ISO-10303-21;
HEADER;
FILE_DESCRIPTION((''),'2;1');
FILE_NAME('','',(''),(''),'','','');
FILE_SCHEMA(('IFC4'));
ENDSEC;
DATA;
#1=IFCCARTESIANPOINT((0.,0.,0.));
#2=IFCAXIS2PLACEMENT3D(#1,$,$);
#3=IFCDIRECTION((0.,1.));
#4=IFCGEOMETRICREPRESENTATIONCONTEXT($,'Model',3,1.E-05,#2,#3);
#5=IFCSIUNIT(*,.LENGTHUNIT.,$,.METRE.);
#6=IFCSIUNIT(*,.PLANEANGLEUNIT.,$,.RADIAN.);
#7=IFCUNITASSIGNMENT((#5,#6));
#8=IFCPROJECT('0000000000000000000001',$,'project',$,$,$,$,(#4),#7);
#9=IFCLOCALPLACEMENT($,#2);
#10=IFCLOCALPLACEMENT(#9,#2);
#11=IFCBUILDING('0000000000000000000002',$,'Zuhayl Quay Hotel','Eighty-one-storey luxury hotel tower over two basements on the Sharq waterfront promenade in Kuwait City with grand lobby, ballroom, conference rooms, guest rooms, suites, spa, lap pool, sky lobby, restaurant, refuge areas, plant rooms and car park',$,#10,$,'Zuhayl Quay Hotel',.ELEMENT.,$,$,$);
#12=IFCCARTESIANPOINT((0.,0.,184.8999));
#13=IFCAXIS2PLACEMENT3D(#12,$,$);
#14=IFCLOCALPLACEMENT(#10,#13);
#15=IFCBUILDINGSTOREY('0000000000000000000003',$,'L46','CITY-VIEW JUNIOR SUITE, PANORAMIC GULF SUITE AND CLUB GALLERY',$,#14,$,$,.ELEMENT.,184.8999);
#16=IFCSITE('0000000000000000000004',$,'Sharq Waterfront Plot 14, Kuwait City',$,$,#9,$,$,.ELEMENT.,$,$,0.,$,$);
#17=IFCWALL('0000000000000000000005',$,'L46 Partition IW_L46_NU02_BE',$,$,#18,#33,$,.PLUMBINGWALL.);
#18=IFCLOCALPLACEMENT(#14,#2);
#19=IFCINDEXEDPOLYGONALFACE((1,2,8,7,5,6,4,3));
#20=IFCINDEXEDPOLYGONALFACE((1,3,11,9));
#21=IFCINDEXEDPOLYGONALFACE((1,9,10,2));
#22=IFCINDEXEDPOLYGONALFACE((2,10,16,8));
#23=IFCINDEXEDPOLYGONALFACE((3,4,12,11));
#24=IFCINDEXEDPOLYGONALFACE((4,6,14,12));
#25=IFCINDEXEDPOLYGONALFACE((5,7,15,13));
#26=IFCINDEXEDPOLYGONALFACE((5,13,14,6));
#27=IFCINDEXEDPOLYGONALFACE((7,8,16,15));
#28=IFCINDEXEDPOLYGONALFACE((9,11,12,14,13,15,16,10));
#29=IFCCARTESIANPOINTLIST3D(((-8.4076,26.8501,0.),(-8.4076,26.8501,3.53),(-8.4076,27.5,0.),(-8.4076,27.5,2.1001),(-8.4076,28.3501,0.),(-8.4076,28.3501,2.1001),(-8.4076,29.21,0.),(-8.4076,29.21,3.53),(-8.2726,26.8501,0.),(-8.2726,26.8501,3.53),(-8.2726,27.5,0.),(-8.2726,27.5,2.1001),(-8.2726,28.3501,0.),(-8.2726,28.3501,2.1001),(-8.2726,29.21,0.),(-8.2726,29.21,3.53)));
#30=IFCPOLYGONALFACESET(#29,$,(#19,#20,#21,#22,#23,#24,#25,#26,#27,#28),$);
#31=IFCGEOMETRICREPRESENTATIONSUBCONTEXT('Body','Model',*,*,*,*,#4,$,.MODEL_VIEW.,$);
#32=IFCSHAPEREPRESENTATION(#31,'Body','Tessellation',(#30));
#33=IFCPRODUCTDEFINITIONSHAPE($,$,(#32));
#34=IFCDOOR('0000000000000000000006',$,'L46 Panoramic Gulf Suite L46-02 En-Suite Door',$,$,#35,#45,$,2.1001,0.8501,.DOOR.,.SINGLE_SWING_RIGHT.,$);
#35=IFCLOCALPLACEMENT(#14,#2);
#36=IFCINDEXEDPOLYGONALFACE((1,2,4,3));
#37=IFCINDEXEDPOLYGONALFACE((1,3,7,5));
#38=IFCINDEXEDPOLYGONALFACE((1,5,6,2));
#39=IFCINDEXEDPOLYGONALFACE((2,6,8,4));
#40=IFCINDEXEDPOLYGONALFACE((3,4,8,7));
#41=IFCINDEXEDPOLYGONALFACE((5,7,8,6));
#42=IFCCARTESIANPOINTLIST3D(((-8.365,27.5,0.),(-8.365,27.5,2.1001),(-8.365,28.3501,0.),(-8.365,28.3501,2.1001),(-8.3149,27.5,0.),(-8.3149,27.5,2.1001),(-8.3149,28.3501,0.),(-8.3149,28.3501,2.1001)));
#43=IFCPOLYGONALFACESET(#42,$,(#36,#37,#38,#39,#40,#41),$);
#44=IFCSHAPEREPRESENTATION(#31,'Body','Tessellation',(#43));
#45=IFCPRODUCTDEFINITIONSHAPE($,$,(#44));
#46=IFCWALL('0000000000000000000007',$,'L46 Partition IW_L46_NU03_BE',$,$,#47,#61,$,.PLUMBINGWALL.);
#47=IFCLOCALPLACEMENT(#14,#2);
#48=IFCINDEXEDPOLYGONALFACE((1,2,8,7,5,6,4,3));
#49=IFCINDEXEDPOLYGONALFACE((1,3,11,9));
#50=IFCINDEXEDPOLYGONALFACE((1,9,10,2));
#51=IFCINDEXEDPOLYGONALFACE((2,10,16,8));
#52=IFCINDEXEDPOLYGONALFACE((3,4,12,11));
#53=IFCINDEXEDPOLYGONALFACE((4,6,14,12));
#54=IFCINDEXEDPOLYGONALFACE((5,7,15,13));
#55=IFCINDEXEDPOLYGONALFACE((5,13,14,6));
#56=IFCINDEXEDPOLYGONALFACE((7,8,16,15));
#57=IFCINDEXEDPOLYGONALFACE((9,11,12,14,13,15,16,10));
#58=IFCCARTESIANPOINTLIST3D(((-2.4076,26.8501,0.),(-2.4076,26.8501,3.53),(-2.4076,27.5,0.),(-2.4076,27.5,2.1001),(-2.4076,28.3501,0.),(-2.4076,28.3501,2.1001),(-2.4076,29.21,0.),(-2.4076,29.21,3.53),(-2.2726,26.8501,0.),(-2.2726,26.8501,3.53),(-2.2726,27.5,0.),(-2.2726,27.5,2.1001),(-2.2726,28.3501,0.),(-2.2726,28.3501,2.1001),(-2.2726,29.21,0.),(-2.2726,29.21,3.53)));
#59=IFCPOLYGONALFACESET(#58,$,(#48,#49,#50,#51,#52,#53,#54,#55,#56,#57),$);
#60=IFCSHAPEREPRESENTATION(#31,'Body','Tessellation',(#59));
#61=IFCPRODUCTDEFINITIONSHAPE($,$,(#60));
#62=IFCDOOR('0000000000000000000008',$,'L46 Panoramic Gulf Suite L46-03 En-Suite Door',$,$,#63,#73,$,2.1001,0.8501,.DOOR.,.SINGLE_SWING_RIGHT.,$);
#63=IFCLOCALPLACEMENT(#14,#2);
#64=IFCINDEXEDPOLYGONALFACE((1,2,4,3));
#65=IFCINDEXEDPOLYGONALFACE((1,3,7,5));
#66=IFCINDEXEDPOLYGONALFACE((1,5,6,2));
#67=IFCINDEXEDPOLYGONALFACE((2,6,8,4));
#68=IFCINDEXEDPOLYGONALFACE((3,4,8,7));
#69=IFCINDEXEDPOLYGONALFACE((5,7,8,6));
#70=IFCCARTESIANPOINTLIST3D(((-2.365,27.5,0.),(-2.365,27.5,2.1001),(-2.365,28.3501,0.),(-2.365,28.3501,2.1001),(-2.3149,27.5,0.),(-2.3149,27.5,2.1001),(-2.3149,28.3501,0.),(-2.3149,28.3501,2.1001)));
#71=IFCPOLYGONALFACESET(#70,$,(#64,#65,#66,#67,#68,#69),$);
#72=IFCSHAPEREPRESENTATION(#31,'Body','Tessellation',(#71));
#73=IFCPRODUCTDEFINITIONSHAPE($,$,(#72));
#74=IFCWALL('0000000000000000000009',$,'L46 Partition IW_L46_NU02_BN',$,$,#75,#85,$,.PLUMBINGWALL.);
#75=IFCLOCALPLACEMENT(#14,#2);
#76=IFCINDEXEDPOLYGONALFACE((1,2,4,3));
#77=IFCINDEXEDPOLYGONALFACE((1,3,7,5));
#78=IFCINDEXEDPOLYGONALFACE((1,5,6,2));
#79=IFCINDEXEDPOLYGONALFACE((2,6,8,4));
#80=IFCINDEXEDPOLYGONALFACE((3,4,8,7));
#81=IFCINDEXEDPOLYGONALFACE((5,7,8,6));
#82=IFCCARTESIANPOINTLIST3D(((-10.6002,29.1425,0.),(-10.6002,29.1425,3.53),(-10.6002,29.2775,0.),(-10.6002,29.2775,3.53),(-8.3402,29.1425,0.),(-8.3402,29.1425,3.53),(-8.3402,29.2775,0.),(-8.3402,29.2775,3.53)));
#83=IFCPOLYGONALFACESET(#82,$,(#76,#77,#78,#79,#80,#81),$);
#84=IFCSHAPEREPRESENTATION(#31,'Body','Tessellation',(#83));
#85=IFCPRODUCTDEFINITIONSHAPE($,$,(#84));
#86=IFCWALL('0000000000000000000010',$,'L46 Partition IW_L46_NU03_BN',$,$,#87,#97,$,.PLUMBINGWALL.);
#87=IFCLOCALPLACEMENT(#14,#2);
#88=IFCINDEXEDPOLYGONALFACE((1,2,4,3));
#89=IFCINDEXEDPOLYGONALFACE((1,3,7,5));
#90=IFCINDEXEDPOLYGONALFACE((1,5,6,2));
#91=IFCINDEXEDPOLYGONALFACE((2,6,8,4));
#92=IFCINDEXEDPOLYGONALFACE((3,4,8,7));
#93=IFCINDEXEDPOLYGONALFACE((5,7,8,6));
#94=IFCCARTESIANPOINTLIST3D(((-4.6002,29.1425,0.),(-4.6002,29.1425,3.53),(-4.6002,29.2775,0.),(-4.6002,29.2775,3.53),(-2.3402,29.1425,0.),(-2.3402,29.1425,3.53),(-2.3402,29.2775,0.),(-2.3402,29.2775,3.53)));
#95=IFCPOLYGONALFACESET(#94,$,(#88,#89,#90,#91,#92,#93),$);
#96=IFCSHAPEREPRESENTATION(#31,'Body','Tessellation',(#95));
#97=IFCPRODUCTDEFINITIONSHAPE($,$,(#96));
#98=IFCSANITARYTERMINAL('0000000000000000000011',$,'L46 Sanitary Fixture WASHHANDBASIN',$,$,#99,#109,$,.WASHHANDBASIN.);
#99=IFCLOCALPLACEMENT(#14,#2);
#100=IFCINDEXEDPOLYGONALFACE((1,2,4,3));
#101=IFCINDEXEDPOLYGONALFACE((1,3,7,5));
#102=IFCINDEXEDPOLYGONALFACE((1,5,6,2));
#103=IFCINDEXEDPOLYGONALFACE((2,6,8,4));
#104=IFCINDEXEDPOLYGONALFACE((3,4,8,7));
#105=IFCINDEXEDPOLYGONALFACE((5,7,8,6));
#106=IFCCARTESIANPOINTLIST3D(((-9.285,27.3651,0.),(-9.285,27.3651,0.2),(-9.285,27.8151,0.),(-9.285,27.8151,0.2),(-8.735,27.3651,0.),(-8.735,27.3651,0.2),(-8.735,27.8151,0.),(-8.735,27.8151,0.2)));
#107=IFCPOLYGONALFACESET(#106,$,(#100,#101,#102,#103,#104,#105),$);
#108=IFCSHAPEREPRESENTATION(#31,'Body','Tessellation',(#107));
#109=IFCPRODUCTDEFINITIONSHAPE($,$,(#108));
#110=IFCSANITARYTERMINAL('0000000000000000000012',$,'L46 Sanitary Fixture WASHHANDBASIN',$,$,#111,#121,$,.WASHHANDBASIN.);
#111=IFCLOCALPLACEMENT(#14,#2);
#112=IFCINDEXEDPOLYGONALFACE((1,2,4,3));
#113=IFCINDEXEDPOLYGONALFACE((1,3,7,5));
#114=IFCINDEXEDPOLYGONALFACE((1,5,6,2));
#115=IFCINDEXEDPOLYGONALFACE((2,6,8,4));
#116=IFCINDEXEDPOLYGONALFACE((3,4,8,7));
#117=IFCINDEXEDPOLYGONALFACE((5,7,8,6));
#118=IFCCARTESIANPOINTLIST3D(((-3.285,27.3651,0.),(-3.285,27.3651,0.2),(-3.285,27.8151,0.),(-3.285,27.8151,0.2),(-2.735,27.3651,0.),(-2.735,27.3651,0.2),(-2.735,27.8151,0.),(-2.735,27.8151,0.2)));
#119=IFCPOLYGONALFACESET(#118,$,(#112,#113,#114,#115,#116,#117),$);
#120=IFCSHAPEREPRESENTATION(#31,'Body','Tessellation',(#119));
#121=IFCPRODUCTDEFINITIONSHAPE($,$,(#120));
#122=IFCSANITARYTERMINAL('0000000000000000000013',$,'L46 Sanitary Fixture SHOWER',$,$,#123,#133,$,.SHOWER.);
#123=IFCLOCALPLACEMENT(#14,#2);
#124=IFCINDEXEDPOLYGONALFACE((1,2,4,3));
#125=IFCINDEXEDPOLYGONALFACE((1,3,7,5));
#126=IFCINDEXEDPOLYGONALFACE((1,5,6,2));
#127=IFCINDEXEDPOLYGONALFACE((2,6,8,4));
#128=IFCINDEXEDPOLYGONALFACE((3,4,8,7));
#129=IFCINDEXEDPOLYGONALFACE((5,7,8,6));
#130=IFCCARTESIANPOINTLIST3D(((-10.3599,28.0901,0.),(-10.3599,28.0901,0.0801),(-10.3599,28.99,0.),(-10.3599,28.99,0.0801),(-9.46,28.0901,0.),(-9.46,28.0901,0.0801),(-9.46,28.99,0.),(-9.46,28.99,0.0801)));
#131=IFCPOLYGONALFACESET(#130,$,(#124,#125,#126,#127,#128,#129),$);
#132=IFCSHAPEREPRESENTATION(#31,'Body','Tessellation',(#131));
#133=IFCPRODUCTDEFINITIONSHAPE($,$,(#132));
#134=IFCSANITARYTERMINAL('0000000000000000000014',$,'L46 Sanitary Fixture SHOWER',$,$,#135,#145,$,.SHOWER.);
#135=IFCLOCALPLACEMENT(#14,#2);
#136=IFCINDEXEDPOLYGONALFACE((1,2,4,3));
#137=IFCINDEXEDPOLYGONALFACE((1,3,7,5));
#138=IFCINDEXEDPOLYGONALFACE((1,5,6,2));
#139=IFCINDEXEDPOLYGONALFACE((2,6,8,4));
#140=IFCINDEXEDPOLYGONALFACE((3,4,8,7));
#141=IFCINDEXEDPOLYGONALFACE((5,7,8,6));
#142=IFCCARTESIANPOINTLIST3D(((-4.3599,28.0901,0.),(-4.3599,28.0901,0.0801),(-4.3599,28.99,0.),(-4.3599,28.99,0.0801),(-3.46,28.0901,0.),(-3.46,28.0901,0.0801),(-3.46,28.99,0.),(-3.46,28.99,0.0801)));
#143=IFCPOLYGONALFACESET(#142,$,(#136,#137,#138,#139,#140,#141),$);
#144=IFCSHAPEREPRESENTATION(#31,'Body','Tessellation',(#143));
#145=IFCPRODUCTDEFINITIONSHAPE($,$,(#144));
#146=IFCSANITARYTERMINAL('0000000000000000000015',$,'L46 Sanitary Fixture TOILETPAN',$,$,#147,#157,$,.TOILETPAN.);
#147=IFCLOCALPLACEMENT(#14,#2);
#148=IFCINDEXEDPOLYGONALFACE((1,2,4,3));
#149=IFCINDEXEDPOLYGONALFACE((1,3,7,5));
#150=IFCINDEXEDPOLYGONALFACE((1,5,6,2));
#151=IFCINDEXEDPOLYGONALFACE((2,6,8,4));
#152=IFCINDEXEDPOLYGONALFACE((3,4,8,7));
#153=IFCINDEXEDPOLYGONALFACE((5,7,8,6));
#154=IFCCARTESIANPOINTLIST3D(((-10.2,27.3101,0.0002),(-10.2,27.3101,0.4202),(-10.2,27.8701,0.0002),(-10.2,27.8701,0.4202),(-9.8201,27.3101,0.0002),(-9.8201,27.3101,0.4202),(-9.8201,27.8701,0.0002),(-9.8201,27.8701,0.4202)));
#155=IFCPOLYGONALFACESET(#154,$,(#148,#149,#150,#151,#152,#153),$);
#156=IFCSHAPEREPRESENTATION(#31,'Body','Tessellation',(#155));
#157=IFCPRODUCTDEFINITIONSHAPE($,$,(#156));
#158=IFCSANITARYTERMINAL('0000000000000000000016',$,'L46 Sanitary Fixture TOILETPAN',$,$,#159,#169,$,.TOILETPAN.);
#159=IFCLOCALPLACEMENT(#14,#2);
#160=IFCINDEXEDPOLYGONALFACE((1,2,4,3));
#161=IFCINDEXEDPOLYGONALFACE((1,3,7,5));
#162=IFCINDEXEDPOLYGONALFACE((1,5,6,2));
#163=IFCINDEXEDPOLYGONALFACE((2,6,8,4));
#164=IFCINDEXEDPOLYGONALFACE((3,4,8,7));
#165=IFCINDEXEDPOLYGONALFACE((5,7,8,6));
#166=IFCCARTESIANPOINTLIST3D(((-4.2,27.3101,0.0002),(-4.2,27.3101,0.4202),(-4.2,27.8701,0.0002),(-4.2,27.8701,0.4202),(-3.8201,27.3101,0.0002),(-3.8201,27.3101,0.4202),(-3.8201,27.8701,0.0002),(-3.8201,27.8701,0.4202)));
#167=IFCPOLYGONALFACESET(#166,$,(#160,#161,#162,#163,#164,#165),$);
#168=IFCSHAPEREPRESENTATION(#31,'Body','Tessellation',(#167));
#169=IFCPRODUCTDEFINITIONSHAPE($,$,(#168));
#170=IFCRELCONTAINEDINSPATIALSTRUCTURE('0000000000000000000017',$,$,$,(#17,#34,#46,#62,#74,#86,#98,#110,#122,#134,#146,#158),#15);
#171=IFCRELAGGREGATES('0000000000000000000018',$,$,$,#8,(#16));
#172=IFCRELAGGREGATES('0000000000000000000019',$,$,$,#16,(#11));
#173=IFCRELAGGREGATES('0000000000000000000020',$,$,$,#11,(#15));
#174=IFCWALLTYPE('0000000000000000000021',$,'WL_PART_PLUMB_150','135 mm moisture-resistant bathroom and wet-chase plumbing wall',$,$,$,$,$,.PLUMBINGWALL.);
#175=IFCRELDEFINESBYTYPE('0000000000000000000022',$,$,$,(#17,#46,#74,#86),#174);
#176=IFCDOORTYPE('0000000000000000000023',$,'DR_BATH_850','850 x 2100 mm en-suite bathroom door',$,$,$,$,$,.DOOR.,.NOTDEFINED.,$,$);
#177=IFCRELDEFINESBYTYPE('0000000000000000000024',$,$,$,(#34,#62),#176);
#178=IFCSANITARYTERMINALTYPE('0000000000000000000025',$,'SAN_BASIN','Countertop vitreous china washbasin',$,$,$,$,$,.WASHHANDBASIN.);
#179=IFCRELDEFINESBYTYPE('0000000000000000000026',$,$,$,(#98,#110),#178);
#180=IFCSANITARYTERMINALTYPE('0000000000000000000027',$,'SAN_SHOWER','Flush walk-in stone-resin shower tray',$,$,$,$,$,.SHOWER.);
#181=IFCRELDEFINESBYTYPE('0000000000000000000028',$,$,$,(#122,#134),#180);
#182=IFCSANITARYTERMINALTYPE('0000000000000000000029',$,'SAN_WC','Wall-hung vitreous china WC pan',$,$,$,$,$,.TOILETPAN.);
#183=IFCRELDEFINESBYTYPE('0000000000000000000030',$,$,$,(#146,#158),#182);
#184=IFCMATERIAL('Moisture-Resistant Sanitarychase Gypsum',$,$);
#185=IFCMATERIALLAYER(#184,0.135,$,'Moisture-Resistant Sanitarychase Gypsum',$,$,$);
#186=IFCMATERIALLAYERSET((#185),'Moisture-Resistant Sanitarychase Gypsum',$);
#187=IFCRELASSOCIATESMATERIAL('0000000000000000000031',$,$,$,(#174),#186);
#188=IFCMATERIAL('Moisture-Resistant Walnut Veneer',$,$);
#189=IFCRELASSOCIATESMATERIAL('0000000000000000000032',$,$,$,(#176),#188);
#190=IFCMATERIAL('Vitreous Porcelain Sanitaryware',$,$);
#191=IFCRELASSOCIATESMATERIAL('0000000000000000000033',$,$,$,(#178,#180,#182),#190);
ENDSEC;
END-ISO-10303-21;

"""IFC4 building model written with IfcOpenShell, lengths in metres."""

from ifc_helpers import new_model, si_unit, direction, frame, frame_2d, origin, origin_2d, place, context, subcontext, project, spatial, rectangle, extrude, material, layer, layer_set, type_object, element, fill, save


model = new_model("IFC4")

# Units and contexts
model_context = context("Model", 3, precision=1e-05, world=origin(), true_north=direction((0.0, 1.0)))
body_context = subcontext(model_context, "Body", "Model", "MODEL_VIEW")
ifc_project = project(units=[si_unit("LENGTHUNIT", "METRE"), si_unit("PLANEANGLEUNIT", "RADIAN")], contexts=[model_context])

# Site, building, storey
site_placement = place(None, origin())
site = spatial("IfcSite", under=ifc_project, at=site_placement, Name="Sharq Waterfront Plot 14, Kuwait City", CompositionType="ELEMENT", RefElevation=0.0)
building_placement = place(site_placement, origin())
building = spatial("IfcBuilding", under=site, at=building_placement, Name="Zuhayl Quay Hotel", Description="Eighty-one-storey luxury hotel tower over two basements on the Sharq waterfront promenade in Kuwait City with grand lobby, ballroom, conference rooms, guest rooms, suites, spa, lap pool, sky lobby, restaurant, refuge areas, plant rooms and car park", LongName="Zuhayl Quay Hotel", CompositionType="ELEMENT")
storey_placement = place(building_placement, frame((0.0, 0.0, 184.8999)))
storey = spatial("IfcBuildingStorey", under=building, at=storey_placement, Name="L46", Description="CITY-VIEW JUNIOR SUITE, PANORAMIC GULF SUITE AND CLUB GALLERY", CompositionType="ELEMENT", Elevation=184.8999)

# Walls, openings, doors
ifc_material_1 = material(Name="Moisture-Resistant Sanitarychase Gypsum")
ifc_layer_1 = layer(ifc_material_1, 0.135, Name="Moisture-Resistant Sanitarychase Gypsum")
ifc_layer_set_1 = layer_set([ifc_layer_1], Name="Moisture-Resistant Sanitarychase Gypsum")
wall_type_1 = type_object("IfcWallType", Name="WL_PART_PLUMB_150", Description="135 mm moisture-resistant bathroom and wet-chase plumbing wall", PredefinedType="PLUMBINGWALL", material=ifc_layer_set_1)
wall_1_placement = place(storey_placement, frame((-8.3401, 26.8501, 0.0), z_axis=(0.0, 0.0, 1.0), x_axis=(0.0, 1.0, 0.0)))
wall_1 = element("IfcWall", 1, at=wall_1_placement, inside=storey, type_object=wall_type_1, Name="L46 Partition IW_L46_NU02_BE", PredefinedType="PLUMBINGWALL", context=body_context, shape_type="SweptSolid", body=[
    extrude(rectangle(XDim=2.3599, YDim=0.135, at=frame_2d((1.1799, 0.0))), origin(), (0.0, 0.0, 1.0), 3.53),
])
opening_1_placement = place(wall_1_placement, frame((0.6499, 0.0, 0.0)))
opening_1 = element("IfcOpeningElement", 2, at=opening_1_placement, cuts=wall_1, PredefinedType="OPENING", context=body_context, shape_type="SweptSolid", body=[
    extrude(rectangle(XDim=0.8501, YDim=2.1001, at=frame_2d((0.425, 1.05))), frame((0.0, 0.0774, 0.0), z_axis=(0.0, -1.0, 0.0), x_axis=(1.0, 0.0, 0.0)), (0.0, 0.0, 1.0), 0.155),
])
ifc_material_2 = material(Name="Moisture-Resistant Walnut Veneer")
door_type_1 = type_object("IfcDoorType", Name="DR_BATH_850", Description="850 x 2100 mm en-suite bathroom door", OperationType="NOTDEFINED", PredefinedType="DOOR", material=ifc_material_2)
door_1_placement = place(opening_1_placement, origin())
door_1 = element("IfcDoor", 3, at=door_1_placement, inside=storey, type_object=door_type_1, Name="L46 Panoramic Gulf Suite L46-02 En-Suite Door", OperationType="SINGLE_SWING_RIGHT", OverallHeight=2.1001, OverallWidth=0.8501, PredefinedType="DOOR", context=body_context, shape_type="SweptSolid", body=[
    extrude(rectangle(XDim=0.8501, YDim=2.1001, at=frame_2d((0.425, 1.05))), frame((0.0, 0.0249, 0.0), z_axis=(0.0, -1.0, 0.0), x_axis=(1.0, 0.0, 0.0)), (0.0, 0.0, 1.0), 0.05),
])
fill(opening_1, door_1)
wall_2_placement = place(storey_placement, frame((-2.3401, 26.8501, 0.0), z_axis=(0.0, 0.0, 1.0), x_axis=(0.0, 1.0, 0.0)))
wall_2 = element("IfcWall", 4, at=wall_2_placement, inside=storey, type_object=wall_type_1, Name="L46 Partition IW_L46_NU03_BE", PredefinedType="PLUMBINGWALL", context=body_context, shape_type="SweptSolid", body=[
    extrude(rectangle(XDim=2.3599, YDim=0.135, at=frame_2d((1.1799, 0.0))), origin(), (0.0, 0.0, 1.0), 3.53),
])
opening_2_placement = place(wall_2_placement, frame((0.6499, 0.0, 0.0)))
opening_2 = element("IfcOpeningElement", 5, at=opening_2_placement, cuts=wall_2, PredefinedType="OPENING", context=body_context, shape_type="SweptSolid", body=[
    extrude(rectangle(XDim=0.8501, YDim=2.1001, at=frame_2d((0.425, 1.05))), frame((0.0, 0.0774, 0.0), z_axis=(0.0, -1.0, 0.0), x_axis=(1.0, 0.0, 0.0)), (0.0, 0.0, 1.0), 0.155),
])
door_2_placement = place(opening_2_placement, origin())
door_2 = element("IfcDoor", 6, at=door_2_placement, inside=storey, type_object=door_type_1, Name="L46 Panoramic Gulf Suite L46-03 En-Suite Door", OperationType="SINGLE_SWING_RIGHT", OverallHeight=2.1001, OverallWidth=0.8501, PredefinedType="DOOR", context=body_context, shape_type="SweptSolid", body=[
    extrude(rectangle(XDim=0.8501, YDim=2.1001, at=frame_2d((0.425, 1.05))), frame((0.0, 0.0249, 0.0), z_axis=(0.0, -1.0, 0.0), x_axis=(1.0, 0.0, 0.0)), (0.0, 0.0, 1.0), 0.05),
])
fill(opening_2, door_2)

# Walls
for number, where, z_axis, x_axis, name in (
    (7, (-10.6001, 29.21, 0.0), (0.0, 0.0, 1.0), (1.0, 0.0, 0.0), "L46 Partition IW_L46_NU02_BN"),
    (8, (-4.6001, 29.21, 0.0), (0.0, 0.0, 1.0), (1.0, 0.0, 0.0), "L46 Partition IW_L46_NU03_BN"),
):
    element("IfcWall", number, at=place(storey_placement, frame(where, z_axis=z_axis, x_axis=x_axis)), inside=storey, type_object=wall_type_1, Name=name, PredefinedType="PLUMBINGWALL", context=body_context, shape_type="SweptSolid", body=[
        extrude(rectangle(XDim=2.26, YDim=0.135, at=frame_2d((1.1299, 0.0))), origin(), (0.0, 0.0, 1.0), 3.53),
    ])

# Sanitary terminals
ifc_material_3 = material(Name="Vitreous Porcelain Sanitaryware")
sanitary_terminal_type_1 = type_object("IfcSanitaryTerminalType", Name="SAN_BASIN", Description="Countertop vitreous china washbasin", PredefinedType="WASHHANDBASIN", material=ifc_material_3)
for number, where, z_axis, x_axis, name in (
    (9, (-9.01, 27.5901, 0.0), (0.0, 0.0, 1.0), (1.0, 0.0, 0.0), "L46 Sanitary Fixture WASHHANDBASIN"),
    (10, (-3.01, 27.5901, 0.0), (0.0, 0.0, 1.0), (1.0, 0.0, 0.0), "L46 Sanitary Fixture WASHHANDBASIN"),
):
    element("IfcSanitaryTerminal", number, at=place(storey_placement, frame(where, z_axis=z_axis, x_axis=x_axis)), inside=storey, type_object=sanitary_terminal_type_1, Name=name, PredefinedType="WASHHANDBASIN", context=body_context, shape_type="SweptSolid", body=[
        extrude(rectangle(XDim=0.55, YDim=0.45, at=origin_2d()), origin(), (0.0, 0.0, 1.0), 0.2),
    ])
sanitary_terminal_type_2 = type_object("IfcSanitaryTerminalType", Name="SAN_SHOWER", Description="Flush walk-in stone-resin shower tray", PredefinedType="SHOWER", material=ifc_material_3)
for number, where, z_axis, x_axis, name in (
    (11, (-9.9099, 28.54, 0.0), (0.0, 0.0, 1.0), (1.0, 0.0, 0.0), "L46 Sanitary Fixture SHOWER"),
    (12, (-3.9099, 28.54, 0.0), (0.0, 0.0, 1.0), (1.0, 0.0, 0.0), "L46 Sanitary Fixture SHOWER"),
):
    element("IfcSanitaryTerminal", number, at=place(storey_placement, frame(where, z_axis=z_axis, x_axis=x_axis)), inside=storey, type_object=sanitary_terminal_type_2, Name=name, PredefinedType="SHOWER", context=body_context, shape_type="SweptSolid", body=[
        extrude(rectangle(XDim=0.8999, YDim=0.8999, at=origin_2d()), origin(), (0.0, 0.0, 1.0), 0.0801),
    ])
sanitary_terminal_type_3 = type_object("IfcSanitaryTerminalType", Name="SAN_WC", Description="Wall-hung vitreous china WC pan", PredefinedType="TOILETPAN", material=ifc_material_3)
for number, where, z_axis, x_axis, name in (
    (13, (-10.01, 27.5901, 0.0002), (0.0, 0.0, 1.0), (1.0, 0.0, 0.0), "L46 Sanitary Fixture TOILETPAN"),
    (14, (-4.01, 27.5901, 0.0002), (0.0, 0.0, 1.0), (1.0, 0.0, 0.0), "L46 Sanitary Fixture TOILETPAN"),
):
    element("IfcSanitaryTerminal", number, at=place(storey_placement, frame(where, z_axis=z_axis, x_axis=x_axis)), inside=storey, type_object=sanitary_terminal_type_3, Name=name, PredefinedType="TOILETPAN", context=body_context, shape_type="SweptSolid", body=[
        extrude(rectangle(XDim=0.3799, YDim=0.5601, at=origin_2d()), origin(), (0.0, 0.0, 1.0), 0.4199),
    ])

save(model, "model.ifc")
